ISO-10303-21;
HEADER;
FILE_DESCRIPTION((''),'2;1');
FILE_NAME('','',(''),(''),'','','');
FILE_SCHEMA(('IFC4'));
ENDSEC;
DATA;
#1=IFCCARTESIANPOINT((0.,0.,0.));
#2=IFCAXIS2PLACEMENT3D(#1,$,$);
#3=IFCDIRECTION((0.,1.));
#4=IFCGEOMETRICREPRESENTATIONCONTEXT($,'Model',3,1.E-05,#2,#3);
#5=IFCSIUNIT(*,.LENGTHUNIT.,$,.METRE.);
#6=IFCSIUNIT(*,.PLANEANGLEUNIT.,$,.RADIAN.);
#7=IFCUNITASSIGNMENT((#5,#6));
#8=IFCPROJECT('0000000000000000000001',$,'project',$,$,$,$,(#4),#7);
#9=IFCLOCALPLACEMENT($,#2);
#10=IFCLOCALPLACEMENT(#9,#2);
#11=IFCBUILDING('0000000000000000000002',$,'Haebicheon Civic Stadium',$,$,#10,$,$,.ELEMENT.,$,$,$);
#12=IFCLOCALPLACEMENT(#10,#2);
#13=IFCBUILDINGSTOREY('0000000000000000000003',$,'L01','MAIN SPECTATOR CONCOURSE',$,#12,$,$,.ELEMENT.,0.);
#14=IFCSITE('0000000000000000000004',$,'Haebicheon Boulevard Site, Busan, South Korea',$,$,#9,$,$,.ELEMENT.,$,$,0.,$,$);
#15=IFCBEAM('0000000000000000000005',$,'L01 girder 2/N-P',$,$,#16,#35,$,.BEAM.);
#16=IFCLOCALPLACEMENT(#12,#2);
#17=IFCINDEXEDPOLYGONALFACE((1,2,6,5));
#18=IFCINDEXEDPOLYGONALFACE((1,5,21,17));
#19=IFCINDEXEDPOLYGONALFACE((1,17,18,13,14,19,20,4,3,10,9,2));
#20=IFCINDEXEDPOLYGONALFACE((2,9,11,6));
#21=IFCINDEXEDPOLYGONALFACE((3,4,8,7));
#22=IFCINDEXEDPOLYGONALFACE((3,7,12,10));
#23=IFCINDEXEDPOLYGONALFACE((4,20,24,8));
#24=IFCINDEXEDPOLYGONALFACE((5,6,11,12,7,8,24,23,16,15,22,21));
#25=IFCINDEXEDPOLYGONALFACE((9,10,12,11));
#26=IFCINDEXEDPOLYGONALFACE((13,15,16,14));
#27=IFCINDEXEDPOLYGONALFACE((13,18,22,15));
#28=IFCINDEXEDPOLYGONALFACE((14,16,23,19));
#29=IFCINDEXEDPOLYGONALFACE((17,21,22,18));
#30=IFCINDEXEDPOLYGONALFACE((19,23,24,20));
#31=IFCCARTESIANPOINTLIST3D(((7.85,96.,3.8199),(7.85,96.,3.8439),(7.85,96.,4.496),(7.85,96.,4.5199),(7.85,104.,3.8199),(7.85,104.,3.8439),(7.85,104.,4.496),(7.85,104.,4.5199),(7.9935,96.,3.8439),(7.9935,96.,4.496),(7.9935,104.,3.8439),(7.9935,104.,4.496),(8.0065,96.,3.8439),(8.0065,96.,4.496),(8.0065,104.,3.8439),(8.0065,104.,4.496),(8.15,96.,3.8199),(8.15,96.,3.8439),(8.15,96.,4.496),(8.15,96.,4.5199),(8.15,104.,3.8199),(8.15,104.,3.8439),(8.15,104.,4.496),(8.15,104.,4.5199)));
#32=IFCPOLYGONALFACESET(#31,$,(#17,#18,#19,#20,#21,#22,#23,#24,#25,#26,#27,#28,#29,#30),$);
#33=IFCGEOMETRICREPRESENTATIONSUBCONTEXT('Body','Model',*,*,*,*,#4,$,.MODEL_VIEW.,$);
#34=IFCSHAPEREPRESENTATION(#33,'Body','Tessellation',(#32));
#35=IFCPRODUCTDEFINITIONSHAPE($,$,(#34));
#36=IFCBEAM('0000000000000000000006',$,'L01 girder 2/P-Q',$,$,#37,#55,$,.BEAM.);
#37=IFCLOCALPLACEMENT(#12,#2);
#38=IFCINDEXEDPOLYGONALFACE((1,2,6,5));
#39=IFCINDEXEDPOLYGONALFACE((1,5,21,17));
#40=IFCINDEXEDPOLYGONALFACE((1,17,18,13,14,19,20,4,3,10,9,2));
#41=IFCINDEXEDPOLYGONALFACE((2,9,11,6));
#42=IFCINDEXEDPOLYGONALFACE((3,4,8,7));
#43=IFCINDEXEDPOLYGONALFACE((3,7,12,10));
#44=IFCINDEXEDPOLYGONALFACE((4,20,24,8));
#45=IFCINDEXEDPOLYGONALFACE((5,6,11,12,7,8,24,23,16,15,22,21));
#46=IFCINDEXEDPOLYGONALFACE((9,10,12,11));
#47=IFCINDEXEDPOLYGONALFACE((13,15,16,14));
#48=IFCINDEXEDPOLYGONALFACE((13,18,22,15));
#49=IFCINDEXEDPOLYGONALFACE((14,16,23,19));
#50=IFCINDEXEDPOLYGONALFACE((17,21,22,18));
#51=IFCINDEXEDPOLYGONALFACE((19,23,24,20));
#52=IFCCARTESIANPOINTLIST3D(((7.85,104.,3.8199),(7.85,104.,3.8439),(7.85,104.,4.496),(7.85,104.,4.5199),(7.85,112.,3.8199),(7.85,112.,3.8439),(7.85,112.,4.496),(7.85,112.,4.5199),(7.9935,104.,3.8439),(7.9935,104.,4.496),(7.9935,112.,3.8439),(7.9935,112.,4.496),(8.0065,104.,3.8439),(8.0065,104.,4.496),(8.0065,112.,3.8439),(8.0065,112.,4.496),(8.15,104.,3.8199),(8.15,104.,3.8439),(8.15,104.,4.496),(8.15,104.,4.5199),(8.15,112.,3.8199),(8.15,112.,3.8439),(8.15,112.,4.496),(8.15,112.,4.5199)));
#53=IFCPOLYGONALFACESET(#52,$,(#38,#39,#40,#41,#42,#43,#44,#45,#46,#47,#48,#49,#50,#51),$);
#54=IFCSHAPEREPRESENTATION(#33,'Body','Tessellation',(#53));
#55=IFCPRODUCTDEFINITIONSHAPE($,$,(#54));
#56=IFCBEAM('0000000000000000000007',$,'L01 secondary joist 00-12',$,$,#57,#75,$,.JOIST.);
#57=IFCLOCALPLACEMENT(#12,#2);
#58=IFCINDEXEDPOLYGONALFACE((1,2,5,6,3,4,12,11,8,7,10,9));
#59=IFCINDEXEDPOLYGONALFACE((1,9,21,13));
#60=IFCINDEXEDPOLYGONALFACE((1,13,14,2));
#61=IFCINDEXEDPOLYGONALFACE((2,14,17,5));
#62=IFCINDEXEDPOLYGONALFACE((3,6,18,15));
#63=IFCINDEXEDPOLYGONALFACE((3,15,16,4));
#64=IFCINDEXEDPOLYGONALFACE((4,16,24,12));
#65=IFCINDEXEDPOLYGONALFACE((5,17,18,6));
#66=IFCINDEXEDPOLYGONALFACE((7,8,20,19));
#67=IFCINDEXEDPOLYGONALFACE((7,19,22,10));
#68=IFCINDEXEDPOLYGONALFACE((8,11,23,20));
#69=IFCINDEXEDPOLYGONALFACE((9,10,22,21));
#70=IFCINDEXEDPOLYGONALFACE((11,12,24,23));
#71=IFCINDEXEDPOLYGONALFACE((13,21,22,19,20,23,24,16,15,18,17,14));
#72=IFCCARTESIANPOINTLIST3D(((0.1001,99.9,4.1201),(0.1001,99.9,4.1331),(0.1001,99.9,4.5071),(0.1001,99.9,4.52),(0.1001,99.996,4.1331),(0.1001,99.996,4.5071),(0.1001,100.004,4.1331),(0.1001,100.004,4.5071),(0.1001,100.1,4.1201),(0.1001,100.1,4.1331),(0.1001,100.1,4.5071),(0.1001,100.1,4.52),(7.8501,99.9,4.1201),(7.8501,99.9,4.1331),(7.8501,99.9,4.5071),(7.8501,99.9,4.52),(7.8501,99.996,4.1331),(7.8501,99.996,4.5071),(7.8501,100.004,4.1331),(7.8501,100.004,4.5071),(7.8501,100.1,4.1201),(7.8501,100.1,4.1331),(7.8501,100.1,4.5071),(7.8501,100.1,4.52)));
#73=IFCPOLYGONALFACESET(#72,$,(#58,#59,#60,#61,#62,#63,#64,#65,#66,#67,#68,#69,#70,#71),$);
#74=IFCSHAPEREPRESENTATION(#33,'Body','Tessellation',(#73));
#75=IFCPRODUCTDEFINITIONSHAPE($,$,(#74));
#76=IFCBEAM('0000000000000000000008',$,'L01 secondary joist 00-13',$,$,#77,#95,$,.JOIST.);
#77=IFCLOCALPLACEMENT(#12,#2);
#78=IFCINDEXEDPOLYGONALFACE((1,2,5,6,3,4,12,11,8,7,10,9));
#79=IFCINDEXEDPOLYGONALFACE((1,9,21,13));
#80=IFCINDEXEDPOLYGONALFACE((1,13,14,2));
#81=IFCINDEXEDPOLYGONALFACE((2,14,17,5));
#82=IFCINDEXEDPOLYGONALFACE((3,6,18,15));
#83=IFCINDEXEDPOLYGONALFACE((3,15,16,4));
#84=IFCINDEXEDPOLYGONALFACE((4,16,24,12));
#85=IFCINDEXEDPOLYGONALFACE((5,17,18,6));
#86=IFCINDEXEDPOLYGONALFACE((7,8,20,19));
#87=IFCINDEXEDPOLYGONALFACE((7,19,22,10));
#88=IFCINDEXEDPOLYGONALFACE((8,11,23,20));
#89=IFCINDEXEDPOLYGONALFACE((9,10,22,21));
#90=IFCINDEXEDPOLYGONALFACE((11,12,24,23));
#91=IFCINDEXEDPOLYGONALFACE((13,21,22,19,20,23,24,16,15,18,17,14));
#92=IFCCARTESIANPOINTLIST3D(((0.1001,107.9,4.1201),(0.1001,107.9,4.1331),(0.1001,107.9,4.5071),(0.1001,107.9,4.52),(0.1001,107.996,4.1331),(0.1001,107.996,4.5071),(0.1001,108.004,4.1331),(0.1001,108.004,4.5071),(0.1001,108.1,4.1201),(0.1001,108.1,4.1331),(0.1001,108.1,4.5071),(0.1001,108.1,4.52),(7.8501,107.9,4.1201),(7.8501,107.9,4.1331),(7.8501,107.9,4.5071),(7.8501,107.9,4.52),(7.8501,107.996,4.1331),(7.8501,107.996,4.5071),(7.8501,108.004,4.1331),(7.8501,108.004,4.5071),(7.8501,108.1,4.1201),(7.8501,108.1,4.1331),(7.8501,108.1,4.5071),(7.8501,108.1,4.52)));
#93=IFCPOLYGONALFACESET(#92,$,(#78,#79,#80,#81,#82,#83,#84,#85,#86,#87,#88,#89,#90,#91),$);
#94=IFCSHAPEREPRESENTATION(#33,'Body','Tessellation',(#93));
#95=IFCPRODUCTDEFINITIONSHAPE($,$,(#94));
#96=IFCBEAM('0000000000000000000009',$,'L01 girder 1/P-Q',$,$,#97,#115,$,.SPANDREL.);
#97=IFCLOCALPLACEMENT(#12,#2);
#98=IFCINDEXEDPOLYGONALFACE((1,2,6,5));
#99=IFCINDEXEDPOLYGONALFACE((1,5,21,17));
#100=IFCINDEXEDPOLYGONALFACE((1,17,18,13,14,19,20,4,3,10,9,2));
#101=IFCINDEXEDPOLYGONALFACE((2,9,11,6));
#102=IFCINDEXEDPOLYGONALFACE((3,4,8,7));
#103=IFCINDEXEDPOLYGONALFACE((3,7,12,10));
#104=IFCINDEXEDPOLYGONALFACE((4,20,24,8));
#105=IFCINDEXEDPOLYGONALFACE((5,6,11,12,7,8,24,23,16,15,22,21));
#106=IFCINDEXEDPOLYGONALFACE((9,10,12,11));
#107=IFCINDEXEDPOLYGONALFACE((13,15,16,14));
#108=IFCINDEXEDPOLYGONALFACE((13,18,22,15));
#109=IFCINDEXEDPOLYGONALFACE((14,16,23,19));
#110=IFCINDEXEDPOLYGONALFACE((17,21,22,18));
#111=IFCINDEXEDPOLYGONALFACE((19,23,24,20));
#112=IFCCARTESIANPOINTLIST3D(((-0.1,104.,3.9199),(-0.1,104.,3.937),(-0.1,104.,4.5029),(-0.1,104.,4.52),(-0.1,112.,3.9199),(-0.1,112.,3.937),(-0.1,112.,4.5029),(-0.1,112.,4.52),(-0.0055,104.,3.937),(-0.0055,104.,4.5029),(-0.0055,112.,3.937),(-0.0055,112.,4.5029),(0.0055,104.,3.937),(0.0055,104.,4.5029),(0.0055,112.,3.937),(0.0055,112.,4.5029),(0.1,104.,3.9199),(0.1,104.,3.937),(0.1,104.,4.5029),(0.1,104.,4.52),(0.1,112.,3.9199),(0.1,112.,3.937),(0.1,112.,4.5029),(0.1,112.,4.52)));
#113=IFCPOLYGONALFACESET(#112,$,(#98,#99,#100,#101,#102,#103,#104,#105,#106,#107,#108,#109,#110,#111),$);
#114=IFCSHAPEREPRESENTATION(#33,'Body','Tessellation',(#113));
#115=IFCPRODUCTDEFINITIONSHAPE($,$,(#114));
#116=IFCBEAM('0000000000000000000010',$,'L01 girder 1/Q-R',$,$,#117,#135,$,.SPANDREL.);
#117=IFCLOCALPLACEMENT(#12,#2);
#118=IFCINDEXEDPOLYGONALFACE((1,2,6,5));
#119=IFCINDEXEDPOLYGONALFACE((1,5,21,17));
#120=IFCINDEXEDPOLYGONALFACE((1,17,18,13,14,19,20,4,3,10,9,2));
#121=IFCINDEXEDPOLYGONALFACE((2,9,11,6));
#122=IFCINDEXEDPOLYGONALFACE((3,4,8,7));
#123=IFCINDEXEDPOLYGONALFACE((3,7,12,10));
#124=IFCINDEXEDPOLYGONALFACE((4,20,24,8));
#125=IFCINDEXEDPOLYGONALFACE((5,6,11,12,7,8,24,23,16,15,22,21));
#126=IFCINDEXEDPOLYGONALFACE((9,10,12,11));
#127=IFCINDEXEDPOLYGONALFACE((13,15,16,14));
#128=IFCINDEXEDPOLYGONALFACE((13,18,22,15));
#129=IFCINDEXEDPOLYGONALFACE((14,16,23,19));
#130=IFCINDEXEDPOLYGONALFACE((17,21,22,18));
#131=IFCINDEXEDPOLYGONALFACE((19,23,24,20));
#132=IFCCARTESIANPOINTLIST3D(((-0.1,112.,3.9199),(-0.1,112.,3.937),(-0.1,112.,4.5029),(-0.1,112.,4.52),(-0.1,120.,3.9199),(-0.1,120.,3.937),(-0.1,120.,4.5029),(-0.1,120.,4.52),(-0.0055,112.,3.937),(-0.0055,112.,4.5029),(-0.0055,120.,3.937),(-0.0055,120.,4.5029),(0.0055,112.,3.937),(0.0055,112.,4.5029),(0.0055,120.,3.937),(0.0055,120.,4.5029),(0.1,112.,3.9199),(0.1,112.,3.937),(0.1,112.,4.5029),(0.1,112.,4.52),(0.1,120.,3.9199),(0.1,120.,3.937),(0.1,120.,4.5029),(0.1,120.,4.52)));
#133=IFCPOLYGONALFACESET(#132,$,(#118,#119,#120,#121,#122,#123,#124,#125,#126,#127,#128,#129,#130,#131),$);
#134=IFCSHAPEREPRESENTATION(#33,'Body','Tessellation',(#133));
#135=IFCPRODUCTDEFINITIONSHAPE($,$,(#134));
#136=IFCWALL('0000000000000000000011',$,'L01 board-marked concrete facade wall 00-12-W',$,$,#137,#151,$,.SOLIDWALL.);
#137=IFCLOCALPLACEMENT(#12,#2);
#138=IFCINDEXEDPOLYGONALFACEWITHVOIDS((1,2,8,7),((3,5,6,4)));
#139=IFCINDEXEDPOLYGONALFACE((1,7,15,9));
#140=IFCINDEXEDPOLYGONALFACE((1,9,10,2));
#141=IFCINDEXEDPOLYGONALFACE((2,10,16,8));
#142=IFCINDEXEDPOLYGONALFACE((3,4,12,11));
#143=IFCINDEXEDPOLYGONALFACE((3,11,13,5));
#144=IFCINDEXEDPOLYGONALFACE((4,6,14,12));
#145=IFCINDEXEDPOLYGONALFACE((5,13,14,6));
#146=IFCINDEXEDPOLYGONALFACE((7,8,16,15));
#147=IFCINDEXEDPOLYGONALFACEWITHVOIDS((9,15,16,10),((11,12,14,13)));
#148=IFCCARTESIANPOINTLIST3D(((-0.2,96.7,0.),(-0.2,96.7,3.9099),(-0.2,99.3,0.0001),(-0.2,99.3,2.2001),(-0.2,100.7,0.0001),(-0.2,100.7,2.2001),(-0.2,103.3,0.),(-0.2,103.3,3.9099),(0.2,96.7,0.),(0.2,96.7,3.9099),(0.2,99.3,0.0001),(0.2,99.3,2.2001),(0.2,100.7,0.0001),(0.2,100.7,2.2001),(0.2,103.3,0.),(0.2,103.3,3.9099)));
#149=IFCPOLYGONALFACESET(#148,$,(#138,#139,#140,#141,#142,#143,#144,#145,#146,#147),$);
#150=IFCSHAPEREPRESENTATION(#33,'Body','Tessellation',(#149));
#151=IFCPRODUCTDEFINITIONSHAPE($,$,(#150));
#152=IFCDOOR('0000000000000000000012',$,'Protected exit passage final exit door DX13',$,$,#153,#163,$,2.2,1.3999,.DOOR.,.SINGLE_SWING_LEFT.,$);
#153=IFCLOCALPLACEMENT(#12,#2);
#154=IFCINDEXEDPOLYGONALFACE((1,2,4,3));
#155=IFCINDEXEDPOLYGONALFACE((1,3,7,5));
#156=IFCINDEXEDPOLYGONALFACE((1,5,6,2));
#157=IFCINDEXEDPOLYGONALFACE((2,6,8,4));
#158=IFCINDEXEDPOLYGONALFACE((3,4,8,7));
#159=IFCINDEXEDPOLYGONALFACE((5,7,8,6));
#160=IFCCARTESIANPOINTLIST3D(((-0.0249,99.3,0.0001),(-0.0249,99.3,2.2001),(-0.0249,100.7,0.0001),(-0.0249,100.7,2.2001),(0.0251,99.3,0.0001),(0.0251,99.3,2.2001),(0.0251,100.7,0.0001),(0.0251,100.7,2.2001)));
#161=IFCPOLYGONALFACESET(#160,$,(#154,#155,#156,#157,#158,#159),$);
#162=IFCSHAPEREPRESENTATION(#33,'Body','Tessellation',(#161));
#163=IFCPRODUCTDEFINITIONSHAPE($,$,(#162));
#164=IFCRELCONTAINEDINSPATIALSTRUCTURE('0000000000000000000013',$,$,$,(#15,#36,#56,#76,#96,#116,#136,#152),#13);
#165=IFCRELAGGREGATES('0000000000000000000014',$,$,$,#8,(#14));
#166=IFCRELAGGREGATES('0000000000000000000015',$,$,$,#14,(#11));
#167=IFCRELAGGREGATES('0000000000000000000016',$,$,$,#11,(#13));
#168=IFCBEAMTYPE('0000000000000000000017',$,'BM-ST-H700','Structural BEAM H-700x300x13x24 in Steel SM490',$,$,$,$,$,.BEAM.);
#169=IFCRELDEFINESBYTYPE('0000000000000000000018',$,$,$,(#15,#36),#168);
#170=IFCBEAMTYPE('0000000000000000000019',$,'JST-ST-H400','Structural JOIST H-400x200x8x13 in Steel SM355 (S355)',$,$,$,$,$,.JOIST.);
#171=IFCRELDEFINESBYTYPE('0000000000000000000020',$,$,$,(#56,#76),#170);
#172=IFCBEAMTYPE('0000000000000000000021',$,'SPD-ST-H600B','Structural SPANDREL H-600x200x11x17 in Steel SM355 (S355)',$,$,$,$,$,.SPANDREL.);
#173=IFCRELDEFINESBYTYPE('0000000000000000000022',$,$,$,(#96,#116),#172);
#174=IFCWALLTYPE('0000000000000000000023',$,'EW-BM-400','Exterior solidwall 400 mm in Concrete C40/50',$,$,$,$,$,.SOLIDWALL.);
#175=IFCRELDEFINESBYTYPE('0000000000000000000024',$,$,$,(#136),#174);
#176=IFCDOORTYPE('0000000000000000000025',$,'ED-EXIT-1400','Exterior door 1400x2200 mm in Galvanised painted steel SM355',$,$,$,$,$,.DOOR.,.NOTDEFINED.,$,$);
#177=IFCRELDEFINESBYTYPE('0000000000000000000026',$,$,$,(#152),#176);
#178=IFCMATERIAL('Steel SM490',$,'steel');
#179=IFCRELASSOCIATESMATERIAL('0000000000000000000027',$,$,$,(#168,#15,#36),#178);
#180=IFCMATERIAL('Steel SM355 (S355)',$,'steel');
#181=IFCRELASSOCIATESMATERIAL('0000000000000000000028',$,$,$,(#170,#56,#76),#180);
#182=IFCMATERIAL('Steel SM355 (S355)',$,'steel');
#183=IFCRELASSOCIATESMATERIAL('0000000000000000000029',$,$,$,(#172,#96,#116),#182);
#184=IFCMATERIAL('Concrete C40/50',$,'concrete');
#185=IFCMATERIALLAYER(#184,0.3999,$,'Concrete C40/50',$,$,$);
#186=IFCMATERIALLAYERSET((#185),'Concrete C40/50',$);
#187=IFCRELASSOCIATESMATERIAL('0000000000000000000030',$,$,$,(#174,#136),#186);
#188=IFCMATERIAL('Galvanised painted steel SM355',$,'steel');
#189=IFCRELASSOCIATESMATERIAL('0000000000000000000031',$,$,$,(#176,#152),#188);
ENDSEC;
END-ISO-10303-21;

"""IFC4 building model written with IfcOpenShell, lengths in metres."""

from ifc_helpers import new_model, si_unit, direction, frame, frame_2d, origin, origin_2d, place, context, subcontext, project, spatial, rectangle, i_section, extrude, material, layer, layer_set, material_profile, profile_set, type_object, element, fill, save


model = new_model("IFC4")

# Units and contexts
model_context = context("Model", 3, precision=1e-05, world=origin(), true_north=direction((0.0, 1.0)))
body_context = subcontext(model_context, "Body", "Model", "MODEL_VIEW")
ifc_project = project(units=[si_unit("LENGTHUNIT", "METRE"), si_unit("PLANEANGLEUNIT", "RADIAN")], contexts=[model_context])

# Site, building, storey
site_placement = place(None, origin())
site = spatial("IfcSite", under=ifc_project, at=site_placement, Name="Haebicheon Boulevard Site, Busan, South Korea", CompositionType="ELEMENT", RefElevation=0.0)
building_placement = place(site_placement, origin())
building = spatial("IfcBuilding", under=site, at=building_placement, Name="Haebicheon Civic Stadium", CompositionType="ELEMENT")
storey_placement = place(building_placement, origin())
storey = spatial("IfcBuildingStorey", under=building, at=storey_placement, Name="L01", Description="MAIN SPECTATOR CONCOURSE", CompositionType="ELEMENT", Elevation=0.0)

# Beams
ifc_material_1 = material(Name="Steel SM490", Category="steel")
ifc_material_profile_1 = material_profile(ifc_material_1, i_section(OverallWidth=0.3, OverallDepth=0.7, WebThickness=0.0129, FlangeThickness=0.0239, at=origin_2d()), Name="H-700x300x13x24")
ifc_profile_set_1 = profile_set([ifc_material_profile_1], Name="Steel SM490")
beam_type_1 = type_object("IfcBeamType", Name="BM-ST-H700", Description="Structural BEAM H-700x300x13x24 in Steel SM490", PredefinedType="BEAM", material=ifc_profile_set_1)
for number, where, z_axis, x_axis, name in (
    (1, (8.0, 96.0, 4.1699), (0.0, 1.0, 0.0), (-1.0, 0.0, 0.0), "L01 girder 2/N-P"),
    (2, (8.0, 104.0, 4.1699), (0.0, 1.0, 0.0), (-1.0, 0.0, 0.0), "L01 girder 2/P-Q"),
):
    element("IfcBeam", number, at=place(storey_placement, frame(where, z_axis=z_axis, x_axis=x_axis)), inside=storey, type_object=beam_type_1, material=ifc_profile_set_1, Name=name, PredefinedType="BEAM", context=body_context, shape_type="SweptSolid", body=[
        extrude(i_section(OverallWidth=0.3, OverallDepth=0.7, WebThickness=0.0129, FlangeThickness=0.0239, at=origin_2d()), origin(), (0.0, 0.0, 1.0), 8.0),
    ])
ifc_material_2 = material(Name="Steel SM355 (S355)", Category="steel")
ifc_material_profile_2 = material_profile(ifc_material_2, i_section(OverallWidth=0.2, OverallDepth=0.3999, WebThickness=0.0081, FlangeThickness=0.0129, at=origin_2d()), Name="H-400x200x8x13")
ifc_profile_set_2 = profile_set([ifc_material_profile_2], Name="Steel SM355 (S355)")
beam_type_2 = type_object("IfcBeamType", Name="JST-ST-H400", Description="Structural JOIST H-400x200x8x13 in Steel SM355 (S355)", PredefinedType="JOIST", material=ifc_profile_set_2)
for number, where, z_axis, x_axis, name in (
    (3, (0.1001, 100.0, 4.3201), (1.0, 0.0, 0.0), (0.0, 1.0, 0.0), "L01 secondary joist 00-12"),
    (4, (0.1001, 108.0, 4.3201), (1.0, 0.0, 0.0), (0.0, 1.0, 0.0), "L01 secondary joist 00-13"),
):
    element("IfcBeam", number, at=place(storey_placement, frame(where, z_axis=z_axis, x_axis=x_axis)), inside=storey, type_object=beam_type_2, material=ifc_profile_set_2, Name=name, PredefinedType="JOIST", context=body_context, shape_type="SweptSolid", body=[
        extrude(i_section(OverallWidth=0.2, OverallDepth=0.3999, WebThickness=0.0081, FlangeThickness=0.0129, at=origin_2d()), origin(), (0.0, 0.0, 1.0), 7.75),
    ])
ifc_material_3 = material(Name="Steel SM355 (S355)", Category="steel")
ifc_material_profile_3 = material_profile(ifc_material_3, i_section(OverallWidth=0.2, OverallDepth=0.6001, WebThickness=0.011, FlangeThickness=0.0171, at=origin_2d()), Name="H-600x200x11x17")
ifc_profile_set_3 = profile_set([ifc_material_profile_3], Name="Steel SM355 (S355)")
beam_type_3 = type_object("IfcBeamType", Name="SPD-ST-H600B", Description="Structural SPANDREL H-600x200x11x17 in Steel SM355 (S355)", PredefinedType="SPANDREL", material=ifc_profile_set_3)
for number, where, z_axis, x_axis, name in (
    (5, (0.0, 104.0, 4.22), (0.0, 1.0, 0.0), (-1.0, 0.0, 0.0), "L01 girder 1/P-Q"),
    (6, (0.0, 112.0, 4.22), (0.0, 1.0, 0.0), (-1.0, 0.0, 0.0), "L01 girder 1/Q-R"),
):
    element("IfcBeam", number, at=place(storey_placement, frame(where, z_axis=z_axis, x_axis=x_axis)), inside=storey, type_object=beam_type_3, material=ifc_profile_set_3, Name=name, PredefinedType="SPANDREL", context=body_context, shape_type="SweptSolid", body=[
        extrude(i_section(OverallWidth=0.2, OverallDepth=0.6001, WebThickness=0.011, FlangeThickness=0.0171, at=origin_2d()), origin(), (0.0, 0.0, 1.0), 8.0),
    ])

# Wall, opening, door
ifc_material_4 = material(Name="Concrete C40/50", Category="concrete")
ifc_layer_1 = layer(ifc_material_4, 0.3999, Name="Concrete C40/50")
ifc_layer_set_1 = layer_set([ifc_layer_1], Name="Concrete C40/50")
wall_type_1 = type_object("IfcWallType", Name="EW-BM-400", Description="Exterior solidwall 400 mm in Concrete C40/50", PredefinedType="SOLIDWALL", material=ifc_layer_set_1)
wall_1_placement = place(storey_placement, frame((0.0, 96.7, 0.0), z_axis=(0.0, 0.0, 1.0), x_axis=(0.0, 1.0, 0.0)))
wall_1 = element("IfcWall", 7, at=wall_1_placement, inside=storey, type_object=wall_type_1, material=ifc_layer_set_1, Name="L01 board-marked concrete facade wall 00-12-W", PredefinedType="SOLIDWALL", context=body_context, shape_type="SweptSolid", body=[
    extrude(rectangle(XDim=6.6001, YDim=0.3999, at=frame_2d((3.3, 0.0))), origin(), (0.0, 0.0, 1.0), 3.9099),
])
opening_1_placement = place(wall_1_placement, frame((2.6001, 0.0, 0.0)))
opening_1 = element("IfcOpeningElement", 8, at=opening_1_placement, cuts=wall_1, PredefinedType="OPENING", context=body_context, shape_type="SweptSolid", body=[
    extrude(rectangle(XDim=1.3999, YDim=2.2, at=frame_2d((0.7, 1.1001))), frame((0.0, 0.21, 0.0), z_axis=(0.0, -1.0, 0.0), x_axis=(1.0, 0.0, 0.0)), (0.0, 0.0, 1.0), 0.4199),
])
ifc_material_5 = material(Name="Galvanised painted steel SM355", Category="steel")
door_type_1 = type_object("IfcDoorType", Name="ED-EXIT-1400", Description="Exterior door 1400x2200 mm in Galvanised painted steel SM355", OperationType="NOTDEFINED", PredefinedType="DOOR", material=ifc_material_5)
door_1_placement = place(opening_1_placement, origin())
door_1 = element("IfcDoor", 9, at=door_1_placement, inside=storey, type_object=door_type_1, material=ifc_material_5, Name="Protected exit passage final exit door DX13", OperationType="SINGLE_SWING_LEFT", OverallHeight=2.2, OverallWidth=1.3999, PredefinedType="DOOR", context=body_context, shape_type="SweptSolid", body=[
    extrude(rectangle(XDim=1.3999, YDim=2.2, at=frame_2d((0.7, 1.1001))), frame((0.0, 0.0249, 0.0), z_axis=(0.0, -1.0, 0.0), x_axis=(1.0, 0.0, 0.0)), (0.0, 0.0, 1.0), 0.05),
])
fill(opening_1, door_1)

save(model, "model.ifc")
